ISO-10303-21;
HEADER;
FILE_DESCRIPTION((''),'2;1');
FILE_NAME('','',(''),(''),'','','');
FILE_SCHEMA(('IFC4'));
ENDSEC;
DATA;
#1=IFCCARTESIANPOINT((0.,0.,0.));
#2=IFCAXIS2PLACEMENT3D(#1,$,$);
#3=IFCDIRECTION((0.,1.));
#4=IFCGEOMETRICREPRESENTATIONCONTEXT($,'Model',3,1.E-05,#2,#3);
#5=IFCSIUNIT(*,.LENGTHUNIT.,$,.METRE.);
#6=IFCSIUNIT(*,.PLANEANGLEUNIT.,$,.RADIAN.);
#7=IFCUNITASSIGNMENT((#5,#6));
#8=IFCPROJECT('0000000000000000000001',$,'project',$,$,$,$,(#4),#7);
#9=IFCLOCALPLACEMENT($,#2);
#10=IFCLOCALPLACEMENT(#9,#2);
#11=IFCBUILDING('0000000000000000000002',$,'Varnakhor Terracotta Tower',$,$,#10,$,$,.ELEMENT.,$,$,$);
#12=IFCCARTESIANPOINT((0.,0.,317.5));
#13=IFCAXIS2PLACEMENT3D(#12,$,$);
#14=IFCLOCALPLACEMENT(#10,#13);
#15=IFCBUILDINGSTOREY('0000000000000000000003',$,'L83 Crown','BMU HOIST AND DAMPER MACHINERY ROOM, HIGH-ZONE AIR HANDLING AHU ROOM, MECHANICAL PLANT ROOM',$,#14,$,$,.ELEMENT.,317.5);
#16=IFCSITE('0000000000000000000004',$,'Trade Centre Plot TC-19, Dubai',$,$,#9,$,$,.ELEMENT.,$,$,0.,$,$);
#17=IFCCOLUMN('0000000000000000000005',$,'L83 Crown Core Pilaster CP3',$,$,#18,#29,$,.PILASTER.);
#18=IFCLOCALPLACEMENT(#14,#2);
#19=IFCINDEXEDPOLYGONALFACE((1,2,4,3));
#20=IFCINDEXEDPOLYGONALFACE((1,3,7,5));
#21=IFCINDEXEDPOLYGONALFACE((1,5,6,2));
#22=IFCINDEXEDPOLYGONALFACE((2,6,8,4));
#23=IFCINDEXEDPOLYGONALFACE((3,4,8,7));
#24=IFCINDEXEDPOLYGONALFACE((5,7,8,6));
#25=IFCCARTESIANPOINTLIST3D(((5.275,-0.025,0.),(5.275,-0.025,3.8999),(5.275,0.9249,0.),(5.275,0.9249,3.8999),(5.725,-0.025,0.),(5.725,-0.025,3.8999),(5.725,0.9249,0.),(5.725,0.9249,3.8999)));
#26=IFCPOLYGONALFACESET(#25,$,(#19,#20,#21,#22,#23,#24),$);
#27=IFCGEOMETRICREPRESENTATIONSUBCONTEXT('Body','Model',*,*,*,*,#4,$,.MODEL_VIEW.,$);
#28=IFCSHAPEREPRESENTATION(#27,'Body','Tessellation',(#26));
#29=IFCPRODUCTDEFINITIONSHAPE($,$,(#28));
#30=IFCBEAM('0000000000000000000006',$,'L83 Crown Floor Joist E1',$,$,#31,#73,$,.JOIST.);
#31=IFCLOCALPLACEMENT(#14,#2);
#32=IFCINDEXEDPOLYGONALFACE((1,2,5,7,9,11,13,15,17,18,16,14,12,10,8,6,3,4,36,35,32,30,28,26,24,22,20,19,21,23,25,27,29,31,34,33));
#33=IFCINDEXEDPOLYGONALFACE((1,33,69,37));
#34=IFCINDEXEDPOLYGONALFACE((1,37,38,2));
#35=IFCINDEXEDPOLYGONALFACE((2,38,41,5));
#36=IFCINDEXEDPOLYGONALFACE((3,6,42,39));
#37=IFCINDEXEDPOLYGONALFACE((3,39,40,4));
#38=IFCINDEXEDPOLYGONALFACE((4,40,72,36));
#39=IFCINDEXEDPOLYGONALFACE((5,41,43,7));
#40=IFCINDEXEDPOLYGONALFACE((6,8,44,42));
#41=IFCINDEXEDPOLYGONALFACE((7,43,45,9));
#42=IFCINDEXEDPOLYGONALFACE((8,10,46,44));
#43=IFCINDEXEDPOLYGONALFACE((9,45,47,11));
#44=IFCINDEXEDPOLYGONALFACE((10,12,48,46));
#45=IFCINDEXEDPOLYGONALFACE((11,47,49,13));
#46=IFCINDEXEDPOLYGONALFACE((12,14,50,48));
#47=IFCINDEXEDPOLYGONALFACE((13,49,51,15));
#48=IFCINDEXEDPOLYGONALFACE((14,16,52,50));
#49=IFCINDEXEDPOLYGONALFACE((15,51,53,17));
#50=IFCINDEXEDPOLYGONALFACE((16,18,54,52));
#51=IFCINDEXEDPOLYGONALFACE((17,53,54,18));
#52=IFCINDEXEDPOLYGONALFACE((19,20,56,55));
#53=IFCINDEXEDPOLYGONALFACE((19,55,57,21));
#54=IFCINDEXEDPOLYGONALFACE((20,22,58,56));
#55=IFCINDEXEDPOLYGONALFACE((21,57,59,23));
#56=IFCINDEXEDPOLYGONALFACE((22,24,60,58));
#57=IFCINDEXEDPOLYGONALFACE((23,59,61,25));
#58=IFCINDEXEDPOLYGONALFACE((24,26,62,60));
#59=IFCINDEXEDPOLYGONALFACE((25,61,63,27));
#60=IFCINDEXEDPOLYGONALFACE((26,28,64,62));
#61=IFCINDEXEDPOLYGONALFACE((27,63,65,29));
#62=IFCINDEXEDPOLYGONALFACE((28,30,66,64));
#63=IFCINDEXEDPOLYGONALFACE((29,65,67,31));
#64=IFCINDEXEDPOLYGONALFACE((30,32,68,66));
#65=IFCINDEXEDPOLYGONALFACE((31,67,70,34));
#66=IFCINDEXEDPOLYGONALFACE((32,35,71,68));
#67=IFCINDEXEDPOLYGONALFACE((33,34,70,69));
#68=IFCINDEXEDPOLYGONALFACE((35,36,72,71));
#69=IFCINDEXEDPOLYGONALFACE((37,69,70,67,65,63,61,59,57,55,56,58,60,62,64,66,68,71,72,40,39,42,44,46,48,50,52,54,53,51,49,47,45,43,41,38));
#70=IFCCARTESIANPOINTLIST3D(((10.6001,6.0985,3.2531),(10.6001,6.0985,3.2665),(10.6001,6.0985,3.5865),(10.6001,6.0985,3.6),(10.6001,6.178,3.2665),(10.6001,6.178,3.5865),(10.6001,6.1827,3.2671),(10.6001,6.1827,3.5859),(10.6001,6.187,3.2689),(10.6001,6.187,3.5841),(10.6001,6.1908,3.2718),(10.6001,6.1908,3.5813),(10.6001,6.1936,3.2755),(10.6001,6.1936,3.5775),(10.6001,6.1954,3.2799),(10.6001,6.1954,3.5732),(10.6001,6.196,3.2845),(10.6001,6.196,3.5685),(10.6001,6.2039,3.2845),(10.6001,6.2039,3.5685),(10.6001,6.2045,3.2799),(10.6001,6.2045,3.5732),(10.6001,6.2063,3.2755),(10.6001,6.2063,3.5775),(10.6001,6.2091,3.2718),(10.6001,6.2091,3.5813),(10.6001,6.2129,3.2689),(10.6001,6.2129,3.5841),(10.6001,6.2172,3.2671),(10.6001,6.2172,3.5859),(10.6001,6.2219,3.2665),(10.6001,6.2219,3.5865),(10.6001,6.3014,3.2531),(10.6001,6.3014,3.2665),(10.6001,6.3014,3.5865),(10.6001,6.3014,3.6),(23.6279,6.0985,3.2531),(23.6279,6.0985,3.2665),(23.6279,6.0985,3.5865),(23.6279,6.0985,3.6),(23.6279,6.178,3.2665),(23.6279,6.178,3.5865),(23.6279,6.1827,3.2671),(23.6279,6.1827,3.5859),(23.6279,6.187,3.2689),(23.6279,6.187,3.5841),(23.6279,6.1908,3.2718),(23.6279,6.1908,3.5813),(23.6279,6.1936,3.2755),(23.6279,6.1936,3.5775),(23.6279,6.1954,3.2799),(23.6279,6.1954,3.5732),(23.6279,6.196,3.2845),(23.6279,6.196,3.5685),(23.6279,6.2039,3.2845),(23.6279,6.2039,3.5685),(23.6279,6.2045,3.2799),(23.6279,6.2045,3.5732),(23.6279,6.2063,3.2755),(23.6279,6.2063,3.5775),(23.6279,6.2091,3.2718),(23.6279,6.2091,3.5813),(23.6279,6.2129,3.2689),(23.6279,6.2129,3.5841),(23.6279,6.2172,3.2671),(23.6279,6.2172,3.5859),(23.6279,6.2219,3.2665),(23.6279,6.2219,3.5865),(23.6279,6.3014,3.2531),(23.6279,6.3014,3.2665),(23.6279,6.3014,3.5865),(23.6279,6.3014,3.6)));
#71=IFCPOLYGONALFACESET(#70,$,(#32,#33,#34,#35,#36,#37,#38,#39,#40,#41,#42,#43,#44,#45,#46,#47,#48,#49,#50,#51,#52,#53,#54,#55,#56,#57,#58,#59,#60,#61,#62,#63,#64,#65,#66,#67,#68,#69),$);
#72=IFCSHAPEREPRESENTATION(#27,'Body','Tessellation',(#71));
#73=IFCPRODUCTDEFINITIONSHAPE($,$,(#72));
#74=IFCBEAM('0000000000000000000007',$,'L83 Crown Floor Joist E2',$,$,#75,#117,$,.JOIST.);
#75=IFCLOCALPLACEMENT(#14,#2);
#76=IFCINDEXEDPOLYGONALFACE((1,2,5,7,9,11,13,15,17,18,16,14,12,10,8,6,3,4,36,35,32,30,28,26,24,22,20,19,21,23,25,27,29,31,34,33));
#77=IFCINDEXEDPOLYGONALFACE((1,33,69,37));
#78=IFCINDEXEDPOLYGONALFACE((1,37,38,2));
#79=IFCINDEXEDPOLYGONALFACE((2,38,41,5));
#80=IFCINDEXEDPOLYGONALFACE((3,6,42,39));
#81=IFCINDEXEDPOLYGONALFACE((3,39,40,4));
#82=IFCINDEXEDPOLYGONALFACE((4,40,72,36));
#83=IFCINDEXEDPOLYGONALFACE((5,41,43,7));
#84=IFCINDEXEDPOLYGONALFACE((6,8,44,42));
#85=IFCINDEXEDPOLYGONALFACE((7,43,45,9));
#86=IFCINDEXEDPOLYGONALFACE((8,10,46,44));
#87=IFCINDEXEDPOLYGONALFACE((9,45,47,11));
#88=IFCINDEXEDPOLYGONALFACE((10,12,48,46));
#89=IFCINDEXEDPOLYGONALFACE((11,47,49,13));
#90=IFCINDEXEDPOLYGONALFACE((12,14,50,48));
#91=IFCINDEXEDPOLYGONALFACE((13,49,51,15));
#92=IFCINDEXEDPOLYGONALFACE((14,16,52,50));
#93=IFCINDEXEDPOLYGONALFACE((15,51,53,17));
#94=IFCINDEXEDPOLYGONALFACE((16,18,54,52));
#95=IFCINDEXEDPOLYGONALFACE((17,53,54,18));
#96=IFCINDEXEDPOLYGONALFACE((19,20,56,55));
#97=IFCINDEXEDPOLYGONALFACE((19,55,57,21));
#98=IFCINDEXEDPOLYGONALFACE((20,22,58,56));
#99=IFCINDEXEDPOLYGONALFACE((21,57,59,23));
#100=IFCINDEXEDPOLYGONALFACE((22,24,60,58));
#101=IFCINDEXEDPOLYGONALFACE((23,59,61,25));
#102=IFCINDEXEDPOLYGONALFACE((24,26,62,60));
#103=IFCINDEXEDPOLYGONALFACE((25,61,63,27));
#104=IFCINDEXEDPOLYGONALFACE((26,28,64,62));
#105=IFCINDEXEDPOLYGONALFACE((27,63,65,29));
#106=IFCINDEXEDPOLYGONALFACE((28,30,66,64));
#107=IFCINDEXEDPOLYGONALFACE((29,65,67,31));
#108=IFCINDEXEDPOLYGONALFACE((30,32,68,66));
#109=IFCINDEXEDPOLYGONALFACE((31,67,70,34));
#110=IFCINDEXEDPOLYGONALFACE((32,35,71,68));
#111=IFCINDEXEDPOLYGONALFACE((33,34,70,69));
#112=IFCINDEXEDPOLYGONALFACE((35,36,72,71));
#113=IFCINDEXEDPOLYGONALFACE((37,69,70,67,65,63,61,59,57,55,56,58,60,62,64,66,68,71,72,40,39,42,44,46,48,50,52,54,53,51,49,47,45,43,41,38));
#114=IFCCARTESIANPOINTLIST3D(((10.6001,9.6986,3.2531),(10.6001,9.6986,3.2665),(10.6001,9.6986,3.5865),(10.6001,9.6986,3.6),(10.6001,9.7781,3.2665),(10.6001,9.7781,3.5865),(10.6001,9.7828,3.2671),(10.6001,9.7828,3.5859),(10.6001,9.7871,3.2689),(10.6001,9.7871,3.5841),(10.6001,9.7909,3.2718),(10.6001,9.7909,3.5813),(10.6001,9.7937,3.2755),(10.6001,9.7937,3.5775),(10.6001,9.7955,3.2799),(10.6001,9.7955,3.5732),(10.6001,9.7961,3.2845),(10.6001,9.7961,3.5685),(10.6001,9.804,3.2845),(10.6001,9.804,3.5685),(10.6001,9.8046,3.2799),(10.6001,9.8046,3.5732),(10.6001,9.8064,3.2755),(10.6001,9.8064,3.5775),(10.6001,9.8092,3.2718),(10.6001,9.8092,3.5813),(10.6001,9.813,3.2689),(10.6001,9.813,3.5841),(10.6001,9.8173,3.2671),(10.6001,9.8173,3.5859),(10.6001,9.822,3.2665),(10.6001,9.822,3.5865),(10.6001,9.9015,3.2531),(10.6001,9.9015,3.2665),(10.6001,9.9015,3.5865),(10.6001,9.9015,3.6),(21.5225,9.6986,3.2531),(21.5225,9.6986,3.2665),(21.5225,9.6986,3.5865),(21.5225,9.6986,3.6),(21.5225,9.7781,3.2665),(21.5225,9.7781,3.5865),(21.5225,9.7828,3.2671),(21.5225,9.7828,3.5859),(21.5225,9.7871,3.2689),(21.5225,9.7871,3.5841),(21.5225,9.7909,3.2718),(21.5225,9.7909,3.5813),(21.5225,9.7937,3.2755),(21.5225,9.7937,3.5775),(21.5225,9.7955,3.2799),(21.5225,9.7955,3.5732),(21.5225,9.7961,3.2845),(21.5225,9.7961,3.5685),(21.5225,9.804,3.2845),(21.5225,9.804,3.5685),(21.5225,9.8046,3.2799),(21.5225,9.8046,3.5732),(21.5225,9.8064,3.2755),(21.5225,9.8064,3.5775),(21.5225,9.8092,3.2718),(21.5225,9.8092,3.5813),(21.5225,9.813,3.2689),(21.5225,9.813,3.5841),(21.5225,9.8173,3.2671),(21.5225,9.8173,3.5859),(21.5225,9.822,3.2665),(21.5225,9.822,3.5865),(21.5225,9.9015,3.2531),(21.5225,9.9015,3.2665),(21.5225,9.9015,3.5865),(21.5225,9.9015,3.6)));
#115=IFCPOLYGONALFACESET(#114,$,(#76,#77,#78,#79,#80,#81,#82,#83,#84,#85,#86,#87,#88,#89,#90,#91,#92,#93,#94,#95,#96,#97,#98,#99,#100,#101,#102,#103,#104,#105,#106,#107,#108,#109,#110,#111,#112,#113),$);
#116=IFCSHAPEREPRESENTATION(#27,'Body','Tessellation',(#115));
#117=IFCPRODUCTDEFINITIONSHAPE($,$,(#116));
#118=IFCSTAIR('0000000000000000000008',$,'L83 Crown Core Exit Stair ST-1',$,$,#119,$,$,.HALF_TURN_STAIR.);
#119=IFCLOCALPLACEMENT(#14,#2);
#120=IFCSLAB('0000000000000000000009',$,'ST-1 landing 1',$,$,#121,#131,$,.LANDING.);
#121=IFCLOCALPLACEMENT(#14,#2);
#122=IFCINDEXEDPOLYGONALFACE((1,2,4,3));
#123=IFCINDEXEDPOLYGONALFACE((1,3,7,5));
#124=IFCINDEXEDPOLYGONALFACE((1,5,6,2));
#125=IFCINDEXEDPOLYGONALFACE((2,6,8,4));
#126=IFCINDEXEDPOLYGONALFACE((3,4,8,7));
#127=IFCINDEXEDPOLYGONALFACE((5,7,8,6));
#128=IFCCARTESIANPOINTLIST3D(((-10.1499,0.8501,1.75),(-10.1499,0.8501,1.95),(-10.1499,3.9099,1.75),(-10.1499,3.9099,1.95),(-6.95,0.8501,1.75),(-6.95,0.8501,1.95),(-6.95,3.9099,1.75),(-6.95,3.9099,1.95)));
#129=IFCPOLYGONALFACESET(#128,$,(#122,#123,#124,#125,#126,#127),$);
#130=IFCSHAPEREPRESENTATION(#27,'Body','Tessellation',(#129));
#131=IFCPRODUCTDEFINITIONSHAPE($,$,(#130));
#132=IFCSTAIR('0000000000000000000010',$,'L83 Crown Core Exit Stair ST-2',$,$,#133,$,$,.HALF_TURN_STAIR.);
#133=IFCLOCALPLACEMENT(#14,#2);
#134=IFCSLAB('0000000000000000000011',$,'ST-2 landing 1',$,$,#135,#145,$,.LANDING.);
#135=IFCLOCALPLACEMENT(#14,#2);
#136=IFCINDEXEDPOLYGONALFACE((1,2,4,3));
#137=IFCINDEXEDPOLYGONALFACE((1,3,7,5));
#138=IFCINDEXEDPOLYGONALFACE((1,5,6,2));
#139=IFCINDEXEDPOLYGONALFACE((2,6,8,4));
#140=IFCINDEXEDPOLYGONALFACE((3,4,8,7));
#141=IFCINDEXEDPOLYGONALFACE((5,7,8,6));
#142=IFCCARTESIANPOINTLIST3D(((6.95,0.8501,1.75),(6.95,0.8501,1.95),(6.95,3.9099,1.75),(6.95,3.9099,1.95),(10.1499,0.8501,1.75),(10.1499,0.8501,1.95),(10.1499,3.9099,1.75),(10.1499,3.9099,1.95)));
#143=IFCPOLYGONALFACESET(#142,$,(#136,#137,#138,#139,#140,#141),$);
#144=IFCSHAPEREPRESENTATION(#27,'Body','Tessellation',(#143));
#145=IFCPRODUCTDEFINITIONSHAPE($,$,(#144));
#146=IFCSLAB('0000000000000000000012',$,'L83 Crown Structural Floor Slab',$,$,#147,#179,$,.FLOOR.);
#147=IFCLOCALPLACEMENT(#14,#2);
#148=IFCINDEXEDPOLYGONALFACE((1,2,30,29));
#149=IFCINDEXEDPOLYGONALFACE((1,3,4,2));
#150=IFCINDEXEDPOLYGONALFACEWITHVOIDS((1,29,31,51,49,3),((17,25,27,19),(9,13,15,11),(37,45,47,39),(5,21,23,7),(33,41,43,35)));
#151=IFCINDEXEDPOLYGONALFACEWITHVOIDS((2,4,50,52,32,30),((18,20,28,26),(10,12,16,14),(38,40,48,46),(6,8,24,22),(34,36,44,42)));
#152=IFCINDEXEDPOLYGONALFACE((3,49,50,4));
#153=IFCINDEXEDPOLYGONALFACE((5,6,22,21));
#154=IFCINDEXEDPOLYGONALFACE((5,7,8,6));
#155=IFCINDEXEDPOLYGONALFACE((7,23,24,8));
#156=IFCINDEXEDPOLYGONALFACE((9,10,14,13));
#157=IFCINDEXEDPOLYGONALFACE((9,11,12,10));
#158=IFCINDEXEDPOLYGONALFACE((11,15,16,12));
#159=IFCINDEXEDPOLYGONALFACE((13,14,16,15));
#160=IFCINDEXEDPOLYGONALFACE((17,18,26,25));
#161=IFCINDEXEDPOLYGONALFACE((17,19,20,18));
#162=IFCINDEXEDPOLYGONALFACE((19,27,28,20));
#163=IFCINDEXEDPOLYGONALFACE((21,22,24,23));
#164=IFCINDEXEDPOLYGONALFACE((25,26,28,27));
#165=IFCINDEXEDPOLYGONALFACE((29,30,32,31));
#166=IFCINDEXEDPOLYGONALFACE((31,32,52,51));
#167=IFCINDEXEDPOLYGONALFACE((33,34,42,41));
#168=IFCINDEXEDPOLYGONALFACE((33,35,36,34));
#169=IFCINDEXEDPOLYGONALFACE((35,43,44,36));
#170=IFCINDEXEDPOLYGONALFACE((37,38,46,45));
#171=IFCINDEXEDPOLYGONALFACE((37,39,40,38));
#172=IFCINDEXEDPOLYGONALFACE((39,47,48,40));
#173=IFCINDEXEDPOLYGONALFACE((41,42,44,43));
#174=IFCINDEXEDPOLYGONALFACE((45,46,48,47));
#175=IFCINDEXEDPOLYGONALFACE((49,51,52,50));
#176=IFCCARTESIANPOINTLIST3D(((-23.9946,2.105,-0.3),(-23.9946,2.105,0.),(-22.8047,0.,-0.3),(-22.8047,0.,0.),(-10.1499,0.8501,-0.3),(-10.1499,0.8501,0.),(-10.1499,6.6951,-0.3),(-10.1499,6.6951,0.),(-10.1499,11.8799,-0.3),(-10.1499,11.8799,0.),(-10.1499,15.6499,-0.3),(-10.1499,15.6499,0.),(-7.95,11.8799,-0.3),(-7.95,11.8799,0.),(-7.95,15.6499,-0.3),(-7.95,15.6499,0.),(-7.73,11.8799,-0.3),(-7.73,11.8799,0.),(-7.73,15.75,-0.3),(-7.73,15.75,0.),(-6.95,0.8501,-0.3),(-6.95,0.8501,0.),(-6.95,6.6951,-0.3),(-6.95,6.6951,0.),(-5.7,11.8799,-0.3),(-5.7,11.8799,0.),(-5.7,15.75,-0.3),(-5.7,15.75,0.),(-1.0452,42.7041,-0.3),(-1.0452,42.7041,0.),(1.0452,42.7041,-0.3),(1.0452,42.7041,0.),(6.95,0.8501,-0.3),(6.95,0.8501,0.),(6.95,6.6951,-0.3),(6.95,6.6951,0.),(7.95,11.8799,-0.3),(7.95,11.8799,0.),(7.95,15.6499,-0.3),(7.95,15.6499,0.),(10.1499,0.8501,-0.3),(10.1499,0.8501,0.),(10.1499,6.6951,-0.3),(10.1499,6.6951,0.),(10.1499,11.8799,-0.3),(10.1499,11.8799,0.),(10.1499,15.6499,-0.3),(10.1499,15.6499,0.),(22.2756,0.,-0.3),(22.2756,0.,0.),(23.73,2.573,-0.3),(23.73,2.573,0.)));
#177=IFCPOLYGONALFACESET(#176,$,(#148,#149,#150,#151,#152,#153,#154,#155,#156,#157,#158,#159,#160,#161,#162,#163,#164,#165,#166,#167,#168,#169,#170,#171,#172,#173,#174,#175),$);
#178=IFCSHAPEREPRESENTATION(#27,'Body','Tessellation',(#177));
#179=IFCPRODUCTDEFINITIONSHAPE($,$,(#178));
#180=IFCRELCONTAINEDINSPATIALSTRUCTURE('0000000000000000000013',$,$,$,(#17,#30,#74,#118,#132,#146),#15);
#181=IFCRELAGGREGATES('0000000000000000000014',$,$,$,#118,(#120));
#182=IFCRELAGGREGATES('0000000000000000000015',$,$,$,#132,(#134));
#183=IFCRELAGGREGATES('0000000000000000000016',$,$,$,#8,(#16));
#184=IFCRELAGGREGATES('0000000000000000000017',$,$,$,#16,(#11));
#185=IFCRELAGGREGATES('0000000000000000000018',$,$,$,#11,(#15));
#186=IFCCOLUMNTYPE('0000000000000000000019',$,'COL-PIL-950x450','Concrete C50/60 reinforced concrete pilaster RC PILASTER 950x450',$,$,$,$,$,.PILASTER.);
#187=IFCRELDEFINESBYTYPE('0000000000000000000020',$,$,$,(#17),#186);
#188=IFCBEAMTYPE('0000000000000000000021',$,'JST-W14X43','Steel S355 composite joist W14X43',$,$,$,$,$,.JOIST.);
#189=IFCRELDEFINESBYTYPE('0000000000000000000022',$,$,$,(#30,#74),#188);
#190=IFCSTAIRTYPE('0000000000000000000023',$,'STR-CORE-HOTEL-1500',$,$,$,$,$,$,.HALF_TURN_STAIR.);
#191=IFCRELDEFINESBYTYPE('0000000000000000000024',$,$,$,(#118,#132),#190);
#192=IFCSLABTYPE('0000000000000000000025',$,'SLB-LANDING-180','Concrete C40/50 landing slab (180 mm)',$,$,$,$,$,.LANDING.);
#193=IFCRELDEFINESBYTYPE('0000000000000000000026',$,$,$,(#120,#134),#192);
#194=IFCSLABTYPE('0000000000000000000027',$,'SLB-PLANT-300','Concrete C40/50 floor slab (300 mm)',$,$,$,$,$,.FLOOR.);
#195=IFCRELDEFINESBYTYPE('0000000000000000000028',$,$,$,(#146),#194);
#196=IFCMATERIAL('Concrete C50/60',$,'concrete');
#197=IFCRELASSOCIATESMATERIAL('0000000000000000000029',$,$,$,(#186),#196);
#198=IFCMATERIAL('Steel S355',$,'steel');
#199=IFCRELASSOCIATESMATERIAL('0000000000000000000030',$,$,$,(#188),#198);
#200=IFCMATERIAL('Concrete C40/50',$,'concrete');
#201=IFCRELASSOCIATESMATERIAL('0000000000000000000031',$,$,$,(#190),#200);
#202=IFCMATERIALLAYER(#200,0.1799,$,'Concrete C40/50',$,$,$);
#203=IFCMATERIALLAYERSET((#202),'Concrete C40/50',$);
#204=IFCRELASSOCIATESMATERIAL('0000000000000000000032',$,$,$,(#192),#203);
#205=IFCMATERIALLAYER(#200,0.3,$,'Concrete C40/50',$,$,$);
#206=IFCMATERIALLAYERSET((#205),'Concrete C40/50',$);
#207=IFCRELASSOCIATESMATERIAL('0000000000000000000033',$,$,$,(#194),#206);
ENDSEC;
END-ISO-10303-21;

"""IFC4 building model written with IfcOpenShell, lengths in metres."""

from ifc_helpers import new_model, si_unit, direction, frame, origin, origin_2d, place, context, subcontext, project, spatial, polyline, rectangle, i_section, outline, extrude, source, transform, mapped, material, layer, layer_set, material_profile, profile_set, type_object, element, aggregate, save


model = new_model("IFC4")

# Units and contexts
model_context = context("Model", 3, precision=1e-05, world=origin(), true_north=direction((0.0, 1.0)))
body_context = subcontext(model_context, "Body", "Model", "MODEL_VIEW")
ifc_project = project(units=[si_unit("LENGTHUNIT", "METRE"), si_unit("PLANEANGLEUNIT", "RADIAN")], contexts=[model_context])

# Site, building, storey
site_placement = place(None, origin())
site = spatial("IfcSite", under=ifc_project, at=site_placement, Name="Trade Centre Plot TC-19, Dubai", CompositionType="ELEMENT", RefElevation=0.0)
building_placement = place(site_placement, origin())
building = spatial("IfcBuilding", under=site, at=building_placement, Name="Varnakhor Terracotta Tower", CompositionType="ELEMENT")
storey_placement = place(building_placement, frame((0.0, 0.0, 317.5)))
storey = spatial("IfcBuildingStorey", under=building, at=storey_placement, Name="L83 Crown", Description="BMU HOIST AND DAMPER MACHINERY ROOM, HIGH-ZONE AIR HANDLING AHU ROOM, MECHANICAL PLANT ROOM", CompositionType="ELEMENT", Elevation=317.5)

# Column
ifc_material_1 = material(Name="Concrete C50/60", Category="concrete")
ifc_material_profile_1 = material_profile(ifc_material_1, rectangle(XDim=0.45, YDim=0.95, at=origin_2d()), Name="RC PILASTER 950x450")
ifc_profile_set_1 = profile_set([ifc_material_profile_1], Name="Concrete C50/60")
column_type = type_object("IfcColumnType", Name="COL-PIL-950x450", Description="Concrete C50/60 reinforced concrete pilaster RC PILASTER 950x450", PredefinedType="PILASTER", material=ifc_profile_set_1)
shared_shape_1 = source(origin(), body_context, "Body", "SweptSolid", [
    extrude(rectangle(XDim=0.45, YDim=0.95, at=origin_2d()), origin(), (0.0, 0.0, 1.0), 3.8999),
])
column_placement = place(storey_placement, frame((5.5, 0.45, 0.0), z_axis=(0.0, 0.0, 1.0), x_axis=(1.0, 0.0, 0.0)))
element("IfcColumn", 1, at=column_placement, inside=storey, type_object=column_type, Name="L83 Crown Core Pilaster CP3", PredefinedType="PILASTER", context=body_context, shape_type="MappedRepresentation", body=[
    mapped(shared_shape_1, transform((0.0, 0.0, 0.0), scale=1.0)),
])

# Beams
ifc_material_2 = material(Name="Steel S355", Category="steel")
ifc_material_profile_2 = material_profile(ifc_material_2, i_section(OverallWidth=0.2029, OverallDepth=0.3469, WebThickness=0.0078, FlangeThickness=0.0134, FilletRadius=0.0181, at=origin_2d()), Name="W14X43")
ifc_profile_set_2 = profile_set([ifc_material_profile_2], Name="Steel S355")
beam_type = type_object("IfcBeamType", Name="JST-W14X43", Description="Steel S355 composite joist W14X43", PredefinedType="JOIST", material=ifc_profile_set_2)
shared_shape_2 = source(origin(), body_context, "Body", "SweptSolid", [
    extrude(i_section(OverallWidth=0.2029, OverallDepth=0.3469, WebThickness=0.0078, FlangeThickness=0.0134, FilletRadius=0.0181, at=origin_2d()), origin(), (0.0, 0.0, 1.0), 13.0278),
])
beam_1_placement = place(storey_placement, frame((10.6001, 6.2, 3.4265), z_axis=(1.0, 0.0, 0.0), x_axis=(0.0, 1.0, 0.0)))
element("IfcBeam", 2, at=beam_1_placement, inside=storey, type_object=beam_type, Name="L83 Crown Floor Joist E1", PredefinedType="JOIST", context=body_context, shape_type="MappedRepresentation", body=[
    mapped(shared_shape_2, transform((0.0, 0.0, 0.0), scale=1.0)),
])
shared_shape_3 = source(origin(), body_context, "Body", "SweptSolid", [
    extrude(i_section(OverallWidth=0.2029, OverallDepth=0.3469, WebThickness=0.0078, FlangeThickness=0.0134, FilletRadius=0.0181, at=origin_2d()), origin(), (0.0, 0.0, 1.0), 10.9224),
])
beam_2_placement = place(storey_placement, frame((10.6001, 9.8, 3.4265), z_axis=(1.0, 0.0, 0.0), x_axis=(0.0, 1.0, 0.0)))
element("IfcBeam", 3, at=beam_2_placement, inside=storey, type_object=beam_type, Name="L83 Crown Floor Joist E2", PredefinedType="JOIST", context=body_context, shape_type="MappedRepresentation", body=[
    mapped(shared_shape_3, transform((0.0, 0.0, 0.0), scale=1.0)),
])

# Stairs, slabs
ifc_material_3 = material(Name="Concrete C40/50", Category="concrete")
stair_type = type_object("IfcStairType", Name="STR-CORE-HOTEL-1500", PredefinedType="HALF_TURN_STAIR", material=ifc_material_3)
stair_1_placement = place(storey_placement, origin())
stair_1 = element("IfcStair", 4, at=stair_1_placement, inside=storey, type_object=stair_type, Name="L83 Crown Core Exit Stair ST-1", PredefinedType="HALF_TURN_STAIR")
ifc_layer_1 = layer(ifc_material_3, 0.1799, Name="Concrete C40/50")
ifc_layer_set_1 = layer_set([ifc_layer_1], Name="Concrete C40/50")
slab_type_1 = type_object("IfcSlabType", Name="SLB-LANDING-180", Description="Concrete C40/50 landing slab (180 mm)", PredefinedType="LANDING", material=ifc_layer_set_1)
slab_1_placement = place(storey_placement, frame((0.0, 0.0, 1.75)))
slab_1 = element("IfcSlab", 5, at=slab_1_placement, type_object=slab_type_1, Name="ST-1 landing 1", PredefinedType="LANDING", context=body_context, shape_type="SweptSolid", body=[
    extrude(outline(polyline([(-10.1499, 3.9099), (-10.1499, 0.8501), (-6.95, 0.8501), (-6.95, 3.9099), (-10.1499, 3.9099)])), origin(), (0.0, 0.0, 1.0), 0.2),
])
aggregate(stair_1, [slab_1])
stair_2_placement = place(storey_placement, origin())
stair_2 = element("IfcStair", 6, at=stair_2_placement, inside=storey, type_object=stair_type, Name="L83 Crown Core Exit Stair ST-2", PredefinedType="HALF_TURN_STAIR")
slab_2_placement = place(storey_placement, frame((0.0, 0.0, 1.75)))
slab_2 = element("IfcSlab", 7, at=slab_2_placement, type_object=slab_type_1, Name="ST-2 landing 1", PredefinedType="LANDING", context=body_context, shape_type="SweptSolid", body=[
    extrude(outline(polyline([(6.95, 3.9099), (6.95, 0.8501), (10.1499, 0.8501), (10.1499, 3.9099), (6.95, 3.9099)])), origin(), (0.0, 0.0, 1.0), 0.2),
])

# Slab
ifc_layer_2 = layer(ifc_material_3, 0.3, Name="Concrete C40/50")
ifc_layer_set_2 = layer_set([ifc_layer_2], Name="Concrete C40/50")
slab_type_2 = type_object("IfcSlabType", Name="SLB-PLANT-300", Description="Concrete C40/50 floor slab (300 mm)", PredefinedType="FLOOR", material=ifc_layer_set_2)
slab_3_placement = place(storey_placement, frame((0.0, 0.0, -0.3)))
element("IfcSlab", 8, at=slab_3_placement, inside=storey, type_object=slab_type_2, Name="L83 Crown Structural Floor Slab", PredefinedType="FLOOR", context=body_context, shape_type="SweptSolid", body=[
    extrude(outline(polyline([(-1.0452, 42.7041), (1.0452, 42.7041), (23.73, 2.573), (22.2756, 0.0), (-22.8047, 0.0), (-23.9946, 2.105), (-1.0452, 42.7041)]), holes=[polyline([(-6.95, 6.6951), (-10.1499, 6.6951), (-10.1499, 0.8501), (-6.95, 0.8501), (-6.95, 6.6951)]), polyline([(10.1499, 6.6951), (6.95, 6.6951), (6.95, 0.8501), (10.1499, 0.8501), (10.1499, 6.6951)]), polyline([(-7.95, 15.6499), (-10.1499, 15.6499), (-10.1499, 11.8799), (-7.95, 11.8799), (-7.95, 15.6499)]), polyline([(10.1499, 11.8799), (10.1499, 15.6499), (7.95, 15.6499), (7.95, 11.8799), (10.1499, 11.8799)]), polyline([(-5.7, 11.8799), (-5.7, 15.75), (-7.73, 15.75), (-7.73, 11.8799), (-5.7, 11.8799)])]), origin(), (0.0, 0.0, 1.0), 0.3),
])

aggregate(stair_2, [slab_2])

save(model, "model.ifc")
